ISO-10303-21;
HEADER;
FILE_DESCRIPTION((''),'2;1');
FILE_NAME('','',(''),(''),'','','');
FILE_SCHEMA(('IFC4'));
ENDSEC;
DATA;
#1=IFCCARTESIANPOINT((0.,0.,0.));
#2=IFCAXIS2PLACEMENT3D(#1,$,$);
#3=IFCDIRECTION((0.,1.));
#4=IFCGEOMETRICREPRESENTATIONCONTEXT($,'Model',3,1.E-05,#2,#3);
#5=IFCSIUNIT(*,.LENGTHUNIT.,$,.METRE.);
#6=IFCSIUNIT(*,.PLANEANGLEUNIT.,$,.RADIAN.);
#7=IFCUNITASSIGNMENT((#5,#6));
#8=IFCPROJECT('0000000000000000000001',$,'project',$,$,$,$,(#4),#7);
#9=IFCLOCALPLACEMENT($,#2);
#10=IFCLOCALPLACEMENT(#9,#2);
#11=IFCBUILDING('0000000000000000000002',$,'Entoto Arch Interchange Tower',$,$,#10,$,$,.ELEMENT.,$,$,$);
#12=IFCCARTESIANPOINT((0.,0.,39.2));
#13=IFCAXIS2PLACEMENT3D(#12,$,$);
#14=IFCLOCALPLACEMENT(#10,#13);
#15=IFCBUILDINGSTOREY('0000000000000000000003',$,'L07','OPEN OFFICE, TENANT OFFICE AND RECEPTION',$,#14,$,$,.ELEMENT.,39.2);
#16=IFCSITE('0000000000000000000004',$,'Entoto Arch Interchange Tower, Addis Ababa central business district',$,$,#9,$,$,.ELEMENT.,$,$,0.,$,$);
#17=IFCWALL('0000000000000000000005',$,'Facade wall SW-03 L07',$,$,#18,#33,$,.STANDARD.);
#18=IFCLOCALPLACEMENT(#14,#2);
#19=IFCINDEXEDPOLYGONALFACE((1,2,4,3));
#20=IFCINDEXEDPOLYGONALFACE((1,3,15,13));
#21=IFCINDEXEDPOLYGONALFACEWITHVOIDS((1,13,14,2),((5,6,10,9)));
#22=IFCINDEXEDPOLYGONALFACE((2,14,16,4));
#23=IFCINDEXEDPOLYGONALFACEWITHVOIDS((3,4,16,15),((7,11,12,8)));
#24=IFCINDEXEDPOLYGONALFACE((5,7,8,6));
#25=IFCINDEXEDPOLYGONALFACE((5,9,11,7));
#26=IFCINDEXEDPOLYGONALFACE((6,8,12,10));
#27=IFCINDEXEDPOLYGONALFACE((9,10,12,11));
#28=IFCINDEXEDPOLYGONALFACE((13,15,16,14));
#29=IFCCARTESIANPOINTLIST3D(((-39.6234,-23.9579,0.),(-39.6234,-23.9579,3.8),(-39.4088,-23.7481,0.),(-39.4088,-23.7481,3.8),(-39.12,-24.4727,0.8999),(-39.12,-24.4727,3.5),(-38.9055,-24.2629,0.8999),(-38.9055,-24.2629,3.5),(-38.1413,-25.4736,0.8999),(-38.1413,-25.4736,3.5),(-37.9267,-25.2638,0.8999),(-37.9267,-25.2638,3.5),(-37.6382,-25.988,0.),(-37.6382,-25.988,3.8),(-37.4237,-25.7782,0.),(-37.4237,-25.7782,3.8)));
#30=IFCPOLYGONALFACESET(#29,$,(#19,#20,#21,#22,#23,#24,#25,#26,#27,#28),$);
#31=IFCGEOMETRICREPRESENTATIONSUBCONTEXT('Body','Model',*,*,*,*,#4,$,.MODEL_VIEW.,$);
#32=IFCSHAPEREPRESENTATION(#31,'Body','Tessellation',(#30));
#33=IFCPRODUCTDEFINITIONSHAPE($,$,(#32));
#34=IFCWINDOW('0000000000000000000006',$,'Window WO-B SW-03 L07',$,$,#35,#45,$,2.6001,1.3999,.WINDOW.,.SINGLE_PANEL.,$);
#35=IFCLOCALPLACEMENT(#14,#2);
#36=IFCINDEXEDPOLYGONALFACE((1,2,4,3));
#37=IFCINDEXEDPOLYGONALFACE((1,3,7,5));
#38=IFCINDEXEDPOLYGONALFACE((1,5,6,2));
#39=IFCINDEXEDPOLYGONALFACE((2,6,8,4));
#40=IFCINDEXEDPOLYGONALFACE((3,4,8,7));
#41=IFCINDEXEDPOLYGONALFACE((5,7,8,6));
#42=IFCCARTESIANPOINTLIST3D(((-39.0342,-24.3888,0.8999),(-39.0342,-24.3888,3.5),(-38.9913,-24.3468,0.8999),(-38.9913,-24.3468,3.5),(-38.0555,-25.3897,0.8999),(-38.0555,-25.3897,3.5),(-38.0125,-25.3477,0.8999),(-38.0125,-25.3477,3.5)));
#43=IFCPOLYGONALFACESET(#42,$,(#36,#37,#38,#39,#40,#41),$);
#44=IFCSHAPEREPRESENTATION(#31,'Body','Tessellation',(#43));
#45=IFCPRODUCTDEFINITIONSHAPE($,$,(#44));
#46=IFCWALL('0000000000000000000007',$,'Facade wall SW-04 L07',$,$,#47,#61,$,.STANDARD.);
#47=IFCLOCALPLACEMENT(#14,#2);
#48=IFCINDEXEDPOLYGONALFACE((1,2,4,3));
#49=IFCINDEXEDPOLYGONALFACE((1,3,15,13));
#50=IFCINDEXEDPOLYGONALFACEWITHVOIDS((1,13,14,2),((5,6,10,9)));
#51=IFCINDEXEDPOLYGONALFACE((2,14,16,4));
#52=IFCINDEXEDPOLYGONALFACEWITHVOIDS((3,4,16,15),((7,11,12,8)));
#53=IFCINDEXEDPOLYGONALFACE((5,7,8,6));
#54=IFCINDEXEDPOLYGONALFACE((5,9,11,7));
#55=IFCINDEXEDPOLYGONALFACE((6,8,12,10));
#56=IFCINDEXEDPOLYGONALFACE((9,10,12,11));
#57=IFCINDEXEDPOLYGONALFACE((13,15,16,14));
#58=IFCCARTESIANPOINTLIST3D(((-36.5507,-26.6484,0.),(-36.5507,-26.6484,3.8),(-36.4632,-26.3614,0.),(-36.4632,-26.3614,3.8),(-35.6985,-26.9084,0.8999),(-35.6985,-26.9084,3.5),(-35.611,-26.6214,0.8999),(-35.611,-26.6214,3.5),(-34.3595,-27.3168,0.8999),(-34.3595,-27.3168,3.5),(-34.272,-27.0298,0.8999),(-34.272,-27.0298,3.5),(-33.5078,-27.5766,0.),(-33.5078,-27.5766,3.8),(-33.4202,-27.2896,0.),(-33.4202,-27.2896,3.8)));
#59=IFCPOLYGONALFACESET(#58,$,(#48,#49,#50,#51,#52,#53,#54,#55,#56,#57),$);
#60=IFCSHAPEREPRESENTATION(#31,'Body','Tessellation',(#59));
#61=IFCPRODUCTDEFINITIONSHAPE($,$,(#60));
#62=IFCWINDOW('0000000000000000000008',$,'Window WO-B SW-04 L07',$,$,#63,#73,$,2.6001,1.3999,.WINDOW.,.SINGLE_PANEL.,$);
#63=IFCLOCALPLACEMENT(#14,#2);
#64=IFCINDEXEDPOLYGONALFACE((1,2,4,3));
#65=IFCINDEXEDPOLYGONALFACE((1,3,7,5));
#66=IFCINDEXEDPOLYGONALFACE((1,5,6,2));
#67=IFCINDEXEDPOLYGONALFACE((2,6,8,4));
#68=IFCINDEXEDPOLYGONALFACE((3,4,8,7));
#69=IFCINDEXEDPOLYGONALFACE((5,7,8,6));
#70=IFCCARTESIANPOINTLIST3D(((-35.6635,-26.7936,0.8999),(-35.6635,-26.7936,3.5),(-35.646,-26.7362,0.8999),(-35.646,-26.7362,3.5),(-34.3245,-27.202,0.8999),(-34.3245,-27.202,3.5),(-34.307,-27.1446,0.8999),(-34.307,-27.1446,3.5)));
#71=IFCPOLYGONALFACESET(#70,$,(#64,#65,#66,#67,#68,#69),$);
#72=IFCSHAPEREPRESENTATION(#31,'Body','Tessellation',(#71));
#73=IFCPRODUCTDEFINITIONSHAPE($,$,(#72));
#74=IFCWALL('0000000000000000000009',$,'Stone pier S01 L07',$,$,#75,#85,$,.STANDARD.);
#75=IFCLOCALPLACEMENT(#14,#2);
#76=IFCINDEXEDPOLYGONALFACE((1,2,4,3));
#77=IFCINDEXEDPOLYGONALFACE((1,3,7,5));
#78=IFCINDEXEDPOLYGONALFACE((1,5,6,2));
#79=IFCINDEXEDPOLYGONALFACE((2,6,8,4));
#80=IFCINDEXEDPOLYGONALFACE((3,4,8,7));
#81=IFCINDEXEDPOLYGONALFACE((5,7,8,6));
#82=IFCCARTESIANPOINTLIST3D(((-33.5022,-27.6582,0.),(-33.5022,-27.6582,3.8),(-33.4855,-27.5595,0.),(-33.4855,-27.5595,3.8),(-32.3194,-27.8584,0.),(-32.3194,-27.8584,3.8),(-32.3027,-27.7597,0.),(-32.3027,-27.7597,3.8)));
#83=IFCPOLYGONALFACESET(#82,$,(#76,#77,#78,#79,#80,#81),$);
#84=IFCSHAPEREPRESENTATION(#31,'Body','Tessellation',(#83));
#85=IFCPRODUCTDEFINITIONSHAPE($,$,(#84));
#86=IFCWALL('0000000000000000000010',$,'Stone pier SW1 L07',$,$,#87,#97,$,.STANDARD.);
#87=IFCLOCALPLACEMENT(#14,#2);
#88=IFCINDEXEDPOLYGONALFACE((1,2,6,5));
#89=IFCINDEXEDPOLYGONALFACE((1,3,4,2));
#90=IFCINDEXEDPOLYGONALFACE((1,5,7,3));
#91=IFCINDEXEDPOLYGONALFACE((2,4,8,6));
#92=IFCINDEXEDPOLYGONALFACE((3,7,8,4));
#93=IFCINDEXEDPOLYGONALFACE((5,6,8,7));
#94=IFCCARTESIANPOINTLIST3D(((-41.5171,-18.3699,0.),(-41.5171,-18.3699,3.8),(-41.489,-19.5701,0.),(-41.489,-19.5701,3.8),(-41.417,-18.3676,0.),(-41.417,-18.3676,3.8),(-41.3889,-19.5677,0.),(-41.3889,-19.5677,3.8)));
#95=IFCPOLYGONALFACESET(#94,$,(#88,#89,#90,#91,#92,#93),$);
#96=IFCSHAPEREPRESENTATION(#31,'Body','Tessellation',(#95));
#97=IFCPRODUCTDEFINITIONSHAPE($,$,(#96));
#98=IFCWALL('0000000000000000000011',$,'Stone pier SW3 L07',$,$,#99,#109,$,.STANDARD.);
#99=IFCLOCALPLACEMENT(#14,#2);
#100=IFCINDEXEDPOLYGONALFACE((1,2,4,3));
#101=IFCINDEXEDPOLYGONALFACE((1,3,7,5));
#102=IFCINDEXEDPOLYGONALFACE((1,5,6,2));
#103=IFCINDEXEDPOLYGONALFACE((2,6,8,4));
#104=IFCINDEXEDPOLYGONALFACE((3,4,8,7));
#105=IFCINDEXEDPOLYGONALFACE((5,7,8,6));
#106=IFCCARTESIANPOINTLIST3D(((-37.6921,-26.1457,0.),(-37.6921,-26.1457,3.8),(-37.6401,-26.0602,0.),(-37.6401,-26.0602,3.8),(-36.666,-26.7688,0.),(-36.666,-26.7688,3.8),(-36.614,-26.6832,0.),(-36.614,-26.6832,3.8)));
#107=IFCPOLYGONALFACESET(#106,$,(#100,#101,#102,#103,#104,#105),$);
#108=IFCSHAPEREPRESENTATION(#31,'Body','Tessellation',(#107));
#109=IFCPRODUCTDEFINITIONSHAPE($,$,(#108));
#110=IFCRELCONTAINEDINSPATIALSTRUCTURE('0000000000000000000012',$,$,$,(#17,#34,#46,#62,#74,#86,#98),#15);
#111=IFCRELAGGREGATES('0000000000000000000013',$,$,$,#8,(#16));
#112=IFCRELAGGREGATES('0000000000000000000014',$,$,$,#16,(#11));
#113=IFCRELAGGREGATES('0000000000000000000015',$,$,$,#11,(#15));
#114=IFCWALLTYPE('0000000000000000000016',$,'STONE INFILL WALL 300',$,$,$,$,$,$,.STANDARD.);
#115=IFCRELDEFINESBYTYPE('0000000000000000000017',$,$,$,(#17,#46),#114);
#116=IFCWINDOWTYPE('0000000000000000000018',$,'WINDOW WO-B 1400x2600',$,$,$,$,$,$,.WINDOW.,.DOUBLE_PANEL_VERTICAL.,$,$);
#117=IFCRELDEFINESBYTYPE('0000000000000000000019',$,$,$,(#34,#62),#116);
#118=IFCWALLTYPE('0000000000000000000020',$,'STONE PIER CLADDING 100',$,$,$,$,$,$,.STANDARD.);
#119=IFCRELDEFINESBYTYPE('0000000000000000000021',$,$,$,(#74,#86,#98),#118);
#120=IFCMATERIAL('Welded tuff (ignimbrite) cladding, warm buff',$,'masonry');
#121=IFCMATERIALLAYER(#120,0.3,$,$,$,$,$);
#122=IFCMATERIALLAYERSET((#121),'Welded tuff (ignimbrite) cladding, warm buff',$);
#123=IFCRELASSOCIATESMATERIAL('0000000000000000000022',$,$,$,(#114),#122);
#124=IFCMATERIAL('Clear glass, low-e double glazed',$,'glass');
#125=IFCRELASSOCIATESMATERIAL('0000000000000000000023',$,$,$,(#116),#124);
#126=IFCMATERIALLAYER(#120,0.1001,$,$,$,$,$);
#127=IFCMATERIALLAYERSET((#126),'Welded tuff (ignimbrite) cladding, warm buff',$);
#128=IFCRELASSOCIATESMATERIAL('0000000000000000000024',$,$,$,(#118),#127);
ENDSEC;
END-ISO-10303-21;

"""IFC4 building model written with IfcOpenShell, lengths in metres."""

from ifc_helpers import new_model, si_unit, direction, frame, frame_2d, origin, place, context, subcontext, project, spatial, rectangle, extrude, material, layer, layer_set, type_object, element, fill, save


model = new_model("IFC4")

# Units and contexts
model_context = context("Model", 3, precision=1e-05, world=origin(), true_north=direction((0.0, 1.0)))
body_context = subcontext(model_context, "Body", "Model", "MODEL_VIEW")
ifc_project = project(units=[si_unit("LENGTHUNIT", "METRE"), si_unit("PLANEANGLEUNIT", "RADIAN")], contexts=[model_context])

# Site, building, storey
site_placement = place(None, origin())
site = spatial("IfcSite", under=ifc_project, at=site_placement, Name="Entoto Arch Interchange Tower, Addis Ababa central business district", CompositionType="ELEMENT", RefElevation=0.0)
building_placement = place(site_placement, origin())
building = spatial("IfcBuilding", under=site, at=building_placement, Name="Entoto Arch Interchange Tower", CompositionType="ELEMENT")
storey_placement = place(building_placement, frame((0.0, 0.0, 39.2)))
storey = spatial("IfcBuildingStorey", under=building, at=storey_placement, Name="L07", Description="OPEN OFFICE, TENANT OFFICE AND RECEPTION", CompositionType="ELEMENT", Elevation=39.2)

# Shared definitions
ifc_material_1 = material(Name="Welded tuff (ignimbrite) cladding, warm buff", Category="masonry")
ifc_layer_1 = layer(ifc_material_1, 0.3)
ifc_layer_set_1 = layer_set([ifc_layer_1], Name="Welded tuff (ignimbrite) cladding, warm buff")
wall_type_1 = type_object("IfcWallType", Name="STONE INFILL WALL 300", PredefinedType="STANDARD", material=ifc_layer_set_1)
ifc_material_2 = material(Name="Clear glass, low-e double glazed", Category="glass")

# Walls, openings, windows
window_type_1 = type_object("IfcWindowType", Name="WINDOW WO-B 1400x2600", PartitioningType="DOUBLE_PANEL_VERTICAL", PredefinedType="WINDOW", material=ifc_material_2)
wall_1_placement = place(storey_placement, frame((-39.5161, -23.853, 0.0), z_axis=(0.0, 0.0, 1.0), x_axis=(0.699152, -0.714973, 0.0)))
wall_1 = element("IfcWall", 1, at=wall_1_placement, inside=storey, type_object=wall_type_1, Name="Facade wall SW-03 L07", PredefinedType="STANDARD", context=body_context, shape_type="SweptSolid", body=[
    extrude(rectangle(XDim=2.8394, YDim=0.3, at=frame_2d((1.4197, 0.0))), origin(), (0.0, 0.0, 1.0), 3.8),
])
opening_1_placement = place(wall_1_placement, frame((0.72, 0.0, 0.8999)))
opening_1 = element("IfcOpeningElement", 2, at=opening_1_placement, cuts=wall_1, PredefinedType="OPENING", context=body_context, shape_type="SweptSolid", body=[
    extrude(rectangle(XDim=1.3999, YDim=2.6001, at=frame_2d((0.7, 1.3))), frame((0.0, 0.1602, 0.0), z_axis=(0.0, -1.0, 0.0), x_axis=(1.0, 0.0, 0.0)), (0.0, 0.0, 1.0), 0.3201),
])
window_1_placement = place(opening_1_placement, origin())
window_1 = element("IfcWindow", 3, at=window_1_placement, inside=storey, type_object=window_type_1, Name="Window WO-B SW-03 L07", OverallHeight=2.6001, OverallWidth=1.3999, PartitioningType="SINGLE_PANEL", PredefinedType="WINDOW", context=body_context, shape_type="SweptSolid", body=[
    extrude(rectangle(XDim=1.3999, YDim=2.6001, at=frame_2d((0.7, 1.3))), frame((0.0, 0.03, 0.0), z_axis=(0.0, -1.0, 0.0), x_axis=(1.0, 0.0, 0.0)), (0.0, 0.0, 1.0), 0.0601),
])
fill(opening_1, window_1)
wall_2_placement = place(storey_placement, frame((-36.5071, -26.5049, 0.0), z_axis=(0.0, 0.0, 1.0), x_axis=(0.95649, -0.291766, 0.0)))
wall_2 = element("IfcWall", 4, at=wall_2_placement, inside=storey, type_object=wall_type_1, Name="Facade wall SW-04 L07", PredefinedType="STANDARD", context=body_context, shape_type="SweptSolid", body=[
    extrude(rectangle(XDim=3.1814, YDim=0.3, at=frame_2d((1.5908, 0.0))), origin(), (0.0, 0.0, 1.0), 3.8),
])
opening_2_placement = place(wall_2_placement, frame((0.8911, 0.0, 0.8999)))
opening_2 = element("IfcOpeningElement", 5, at=opening_2_placement, cuts=wall_2, PredefinedType="OPENING", context=body_context, shape_type="SweptSolid", body=[
    extrude(rectangle(XDim=1.3999, YDim=2.6001, at=frame_2d((0.7, 1.3))), frame((0.0, 0.1602, 0.0), z_axis=(0.0, -1.0, 0.0), x_axis=(1.0, 0.0, 0.0)), (0.0, 0.0, 1.0), 0.3201),
])
window_2_placement = place(opening_2_placement, origin())
window_2 = element("IfcWindow", 6, at=window_2_placement, inside=storey, type_object=window_type_1, Name="Window WO-B SW-04 L07", OverallHeight=2.6001, OverallWidth=1.3999, PartitioningType="SINGLE_PANEL", PredefinedType="WINDOW", context=body_context, shape_type="SweptSolid", body=[
    extrude(rectangle(XDim=1.3999, YDim=2.6001, at=frame_2d((0.7, 1.3))), frame((0.0, 0.03, 0.0), z_axis=(0.0, -1.0, 0.0), x_axis=(1.0, 0.0, 0.0)), (0.0, 0.0, 1.0), 0.0601),
])
fill(opening_2, window_2)

# Walls
ifc_layer_2 = layer(ifc_material_1, 0.1001)
ifc_layer_set_2 = layer_set([ifc_layer_2], Name="Welded tuff (ignimbrite) cladding, warm buff")
wall_type_2 = type_object("IfcWallType", Name="STONE PIER CLADDING 100", PredefinedType="STANDARD", material=ifc_layer_set_2)
wall_3_placement = place(storey_placement, frame((-33.4939, -27.6089, 0.0), z_axis=(0.0, 0.0, 1.0), x_axis=(0.985978, -0.166874, 0.0)))
element("IfcWall", 7, at=wall_3_placement, inside=storey, type_object=wall_type_2, Name="Stone pier S01 L07", PredefinedType="STANDARD", context=body_context, shape_type="SweptSolid", body=[
    extrude(rectangle(XDim=1.1997, YDim=0.1001, at=frame_2d((0.5999, 0.0))), origin(), (0.0, 0.0, 1.0), 3.8),
])
for number, where, z_axis, x_axis, name in (
    (8, (-41.467, -18.3689, 0.0), (0.0, 0.0, 1.0), (0.023387, -0.999726, 0.0), "Stone pier SW1 L07"),
    (9, (-37.666, -26.103, 0.0), (0.0, 0.0, 1.0), (0.854771, -0.519005, 0.0), "Stone pier SW3 L07"),
):
    element("IfcWall", number, at=place(storey_placement, frame(where, z_axis=z_axis, x_axis=x_axis)), inside=storey, type_object=wall_type_2, Name=name, PredefinedType="STANDARD", context=body_context, shape_type="SweptSolid", body=[
        extrude(rectangle(XDim=1.2004, YDim=0.1001, at=frame_2d((0.6001, 0.0))), origin(), (0.0, 0.0, 1.0), 3.8),
    ])

save(model, "model.ifc")
